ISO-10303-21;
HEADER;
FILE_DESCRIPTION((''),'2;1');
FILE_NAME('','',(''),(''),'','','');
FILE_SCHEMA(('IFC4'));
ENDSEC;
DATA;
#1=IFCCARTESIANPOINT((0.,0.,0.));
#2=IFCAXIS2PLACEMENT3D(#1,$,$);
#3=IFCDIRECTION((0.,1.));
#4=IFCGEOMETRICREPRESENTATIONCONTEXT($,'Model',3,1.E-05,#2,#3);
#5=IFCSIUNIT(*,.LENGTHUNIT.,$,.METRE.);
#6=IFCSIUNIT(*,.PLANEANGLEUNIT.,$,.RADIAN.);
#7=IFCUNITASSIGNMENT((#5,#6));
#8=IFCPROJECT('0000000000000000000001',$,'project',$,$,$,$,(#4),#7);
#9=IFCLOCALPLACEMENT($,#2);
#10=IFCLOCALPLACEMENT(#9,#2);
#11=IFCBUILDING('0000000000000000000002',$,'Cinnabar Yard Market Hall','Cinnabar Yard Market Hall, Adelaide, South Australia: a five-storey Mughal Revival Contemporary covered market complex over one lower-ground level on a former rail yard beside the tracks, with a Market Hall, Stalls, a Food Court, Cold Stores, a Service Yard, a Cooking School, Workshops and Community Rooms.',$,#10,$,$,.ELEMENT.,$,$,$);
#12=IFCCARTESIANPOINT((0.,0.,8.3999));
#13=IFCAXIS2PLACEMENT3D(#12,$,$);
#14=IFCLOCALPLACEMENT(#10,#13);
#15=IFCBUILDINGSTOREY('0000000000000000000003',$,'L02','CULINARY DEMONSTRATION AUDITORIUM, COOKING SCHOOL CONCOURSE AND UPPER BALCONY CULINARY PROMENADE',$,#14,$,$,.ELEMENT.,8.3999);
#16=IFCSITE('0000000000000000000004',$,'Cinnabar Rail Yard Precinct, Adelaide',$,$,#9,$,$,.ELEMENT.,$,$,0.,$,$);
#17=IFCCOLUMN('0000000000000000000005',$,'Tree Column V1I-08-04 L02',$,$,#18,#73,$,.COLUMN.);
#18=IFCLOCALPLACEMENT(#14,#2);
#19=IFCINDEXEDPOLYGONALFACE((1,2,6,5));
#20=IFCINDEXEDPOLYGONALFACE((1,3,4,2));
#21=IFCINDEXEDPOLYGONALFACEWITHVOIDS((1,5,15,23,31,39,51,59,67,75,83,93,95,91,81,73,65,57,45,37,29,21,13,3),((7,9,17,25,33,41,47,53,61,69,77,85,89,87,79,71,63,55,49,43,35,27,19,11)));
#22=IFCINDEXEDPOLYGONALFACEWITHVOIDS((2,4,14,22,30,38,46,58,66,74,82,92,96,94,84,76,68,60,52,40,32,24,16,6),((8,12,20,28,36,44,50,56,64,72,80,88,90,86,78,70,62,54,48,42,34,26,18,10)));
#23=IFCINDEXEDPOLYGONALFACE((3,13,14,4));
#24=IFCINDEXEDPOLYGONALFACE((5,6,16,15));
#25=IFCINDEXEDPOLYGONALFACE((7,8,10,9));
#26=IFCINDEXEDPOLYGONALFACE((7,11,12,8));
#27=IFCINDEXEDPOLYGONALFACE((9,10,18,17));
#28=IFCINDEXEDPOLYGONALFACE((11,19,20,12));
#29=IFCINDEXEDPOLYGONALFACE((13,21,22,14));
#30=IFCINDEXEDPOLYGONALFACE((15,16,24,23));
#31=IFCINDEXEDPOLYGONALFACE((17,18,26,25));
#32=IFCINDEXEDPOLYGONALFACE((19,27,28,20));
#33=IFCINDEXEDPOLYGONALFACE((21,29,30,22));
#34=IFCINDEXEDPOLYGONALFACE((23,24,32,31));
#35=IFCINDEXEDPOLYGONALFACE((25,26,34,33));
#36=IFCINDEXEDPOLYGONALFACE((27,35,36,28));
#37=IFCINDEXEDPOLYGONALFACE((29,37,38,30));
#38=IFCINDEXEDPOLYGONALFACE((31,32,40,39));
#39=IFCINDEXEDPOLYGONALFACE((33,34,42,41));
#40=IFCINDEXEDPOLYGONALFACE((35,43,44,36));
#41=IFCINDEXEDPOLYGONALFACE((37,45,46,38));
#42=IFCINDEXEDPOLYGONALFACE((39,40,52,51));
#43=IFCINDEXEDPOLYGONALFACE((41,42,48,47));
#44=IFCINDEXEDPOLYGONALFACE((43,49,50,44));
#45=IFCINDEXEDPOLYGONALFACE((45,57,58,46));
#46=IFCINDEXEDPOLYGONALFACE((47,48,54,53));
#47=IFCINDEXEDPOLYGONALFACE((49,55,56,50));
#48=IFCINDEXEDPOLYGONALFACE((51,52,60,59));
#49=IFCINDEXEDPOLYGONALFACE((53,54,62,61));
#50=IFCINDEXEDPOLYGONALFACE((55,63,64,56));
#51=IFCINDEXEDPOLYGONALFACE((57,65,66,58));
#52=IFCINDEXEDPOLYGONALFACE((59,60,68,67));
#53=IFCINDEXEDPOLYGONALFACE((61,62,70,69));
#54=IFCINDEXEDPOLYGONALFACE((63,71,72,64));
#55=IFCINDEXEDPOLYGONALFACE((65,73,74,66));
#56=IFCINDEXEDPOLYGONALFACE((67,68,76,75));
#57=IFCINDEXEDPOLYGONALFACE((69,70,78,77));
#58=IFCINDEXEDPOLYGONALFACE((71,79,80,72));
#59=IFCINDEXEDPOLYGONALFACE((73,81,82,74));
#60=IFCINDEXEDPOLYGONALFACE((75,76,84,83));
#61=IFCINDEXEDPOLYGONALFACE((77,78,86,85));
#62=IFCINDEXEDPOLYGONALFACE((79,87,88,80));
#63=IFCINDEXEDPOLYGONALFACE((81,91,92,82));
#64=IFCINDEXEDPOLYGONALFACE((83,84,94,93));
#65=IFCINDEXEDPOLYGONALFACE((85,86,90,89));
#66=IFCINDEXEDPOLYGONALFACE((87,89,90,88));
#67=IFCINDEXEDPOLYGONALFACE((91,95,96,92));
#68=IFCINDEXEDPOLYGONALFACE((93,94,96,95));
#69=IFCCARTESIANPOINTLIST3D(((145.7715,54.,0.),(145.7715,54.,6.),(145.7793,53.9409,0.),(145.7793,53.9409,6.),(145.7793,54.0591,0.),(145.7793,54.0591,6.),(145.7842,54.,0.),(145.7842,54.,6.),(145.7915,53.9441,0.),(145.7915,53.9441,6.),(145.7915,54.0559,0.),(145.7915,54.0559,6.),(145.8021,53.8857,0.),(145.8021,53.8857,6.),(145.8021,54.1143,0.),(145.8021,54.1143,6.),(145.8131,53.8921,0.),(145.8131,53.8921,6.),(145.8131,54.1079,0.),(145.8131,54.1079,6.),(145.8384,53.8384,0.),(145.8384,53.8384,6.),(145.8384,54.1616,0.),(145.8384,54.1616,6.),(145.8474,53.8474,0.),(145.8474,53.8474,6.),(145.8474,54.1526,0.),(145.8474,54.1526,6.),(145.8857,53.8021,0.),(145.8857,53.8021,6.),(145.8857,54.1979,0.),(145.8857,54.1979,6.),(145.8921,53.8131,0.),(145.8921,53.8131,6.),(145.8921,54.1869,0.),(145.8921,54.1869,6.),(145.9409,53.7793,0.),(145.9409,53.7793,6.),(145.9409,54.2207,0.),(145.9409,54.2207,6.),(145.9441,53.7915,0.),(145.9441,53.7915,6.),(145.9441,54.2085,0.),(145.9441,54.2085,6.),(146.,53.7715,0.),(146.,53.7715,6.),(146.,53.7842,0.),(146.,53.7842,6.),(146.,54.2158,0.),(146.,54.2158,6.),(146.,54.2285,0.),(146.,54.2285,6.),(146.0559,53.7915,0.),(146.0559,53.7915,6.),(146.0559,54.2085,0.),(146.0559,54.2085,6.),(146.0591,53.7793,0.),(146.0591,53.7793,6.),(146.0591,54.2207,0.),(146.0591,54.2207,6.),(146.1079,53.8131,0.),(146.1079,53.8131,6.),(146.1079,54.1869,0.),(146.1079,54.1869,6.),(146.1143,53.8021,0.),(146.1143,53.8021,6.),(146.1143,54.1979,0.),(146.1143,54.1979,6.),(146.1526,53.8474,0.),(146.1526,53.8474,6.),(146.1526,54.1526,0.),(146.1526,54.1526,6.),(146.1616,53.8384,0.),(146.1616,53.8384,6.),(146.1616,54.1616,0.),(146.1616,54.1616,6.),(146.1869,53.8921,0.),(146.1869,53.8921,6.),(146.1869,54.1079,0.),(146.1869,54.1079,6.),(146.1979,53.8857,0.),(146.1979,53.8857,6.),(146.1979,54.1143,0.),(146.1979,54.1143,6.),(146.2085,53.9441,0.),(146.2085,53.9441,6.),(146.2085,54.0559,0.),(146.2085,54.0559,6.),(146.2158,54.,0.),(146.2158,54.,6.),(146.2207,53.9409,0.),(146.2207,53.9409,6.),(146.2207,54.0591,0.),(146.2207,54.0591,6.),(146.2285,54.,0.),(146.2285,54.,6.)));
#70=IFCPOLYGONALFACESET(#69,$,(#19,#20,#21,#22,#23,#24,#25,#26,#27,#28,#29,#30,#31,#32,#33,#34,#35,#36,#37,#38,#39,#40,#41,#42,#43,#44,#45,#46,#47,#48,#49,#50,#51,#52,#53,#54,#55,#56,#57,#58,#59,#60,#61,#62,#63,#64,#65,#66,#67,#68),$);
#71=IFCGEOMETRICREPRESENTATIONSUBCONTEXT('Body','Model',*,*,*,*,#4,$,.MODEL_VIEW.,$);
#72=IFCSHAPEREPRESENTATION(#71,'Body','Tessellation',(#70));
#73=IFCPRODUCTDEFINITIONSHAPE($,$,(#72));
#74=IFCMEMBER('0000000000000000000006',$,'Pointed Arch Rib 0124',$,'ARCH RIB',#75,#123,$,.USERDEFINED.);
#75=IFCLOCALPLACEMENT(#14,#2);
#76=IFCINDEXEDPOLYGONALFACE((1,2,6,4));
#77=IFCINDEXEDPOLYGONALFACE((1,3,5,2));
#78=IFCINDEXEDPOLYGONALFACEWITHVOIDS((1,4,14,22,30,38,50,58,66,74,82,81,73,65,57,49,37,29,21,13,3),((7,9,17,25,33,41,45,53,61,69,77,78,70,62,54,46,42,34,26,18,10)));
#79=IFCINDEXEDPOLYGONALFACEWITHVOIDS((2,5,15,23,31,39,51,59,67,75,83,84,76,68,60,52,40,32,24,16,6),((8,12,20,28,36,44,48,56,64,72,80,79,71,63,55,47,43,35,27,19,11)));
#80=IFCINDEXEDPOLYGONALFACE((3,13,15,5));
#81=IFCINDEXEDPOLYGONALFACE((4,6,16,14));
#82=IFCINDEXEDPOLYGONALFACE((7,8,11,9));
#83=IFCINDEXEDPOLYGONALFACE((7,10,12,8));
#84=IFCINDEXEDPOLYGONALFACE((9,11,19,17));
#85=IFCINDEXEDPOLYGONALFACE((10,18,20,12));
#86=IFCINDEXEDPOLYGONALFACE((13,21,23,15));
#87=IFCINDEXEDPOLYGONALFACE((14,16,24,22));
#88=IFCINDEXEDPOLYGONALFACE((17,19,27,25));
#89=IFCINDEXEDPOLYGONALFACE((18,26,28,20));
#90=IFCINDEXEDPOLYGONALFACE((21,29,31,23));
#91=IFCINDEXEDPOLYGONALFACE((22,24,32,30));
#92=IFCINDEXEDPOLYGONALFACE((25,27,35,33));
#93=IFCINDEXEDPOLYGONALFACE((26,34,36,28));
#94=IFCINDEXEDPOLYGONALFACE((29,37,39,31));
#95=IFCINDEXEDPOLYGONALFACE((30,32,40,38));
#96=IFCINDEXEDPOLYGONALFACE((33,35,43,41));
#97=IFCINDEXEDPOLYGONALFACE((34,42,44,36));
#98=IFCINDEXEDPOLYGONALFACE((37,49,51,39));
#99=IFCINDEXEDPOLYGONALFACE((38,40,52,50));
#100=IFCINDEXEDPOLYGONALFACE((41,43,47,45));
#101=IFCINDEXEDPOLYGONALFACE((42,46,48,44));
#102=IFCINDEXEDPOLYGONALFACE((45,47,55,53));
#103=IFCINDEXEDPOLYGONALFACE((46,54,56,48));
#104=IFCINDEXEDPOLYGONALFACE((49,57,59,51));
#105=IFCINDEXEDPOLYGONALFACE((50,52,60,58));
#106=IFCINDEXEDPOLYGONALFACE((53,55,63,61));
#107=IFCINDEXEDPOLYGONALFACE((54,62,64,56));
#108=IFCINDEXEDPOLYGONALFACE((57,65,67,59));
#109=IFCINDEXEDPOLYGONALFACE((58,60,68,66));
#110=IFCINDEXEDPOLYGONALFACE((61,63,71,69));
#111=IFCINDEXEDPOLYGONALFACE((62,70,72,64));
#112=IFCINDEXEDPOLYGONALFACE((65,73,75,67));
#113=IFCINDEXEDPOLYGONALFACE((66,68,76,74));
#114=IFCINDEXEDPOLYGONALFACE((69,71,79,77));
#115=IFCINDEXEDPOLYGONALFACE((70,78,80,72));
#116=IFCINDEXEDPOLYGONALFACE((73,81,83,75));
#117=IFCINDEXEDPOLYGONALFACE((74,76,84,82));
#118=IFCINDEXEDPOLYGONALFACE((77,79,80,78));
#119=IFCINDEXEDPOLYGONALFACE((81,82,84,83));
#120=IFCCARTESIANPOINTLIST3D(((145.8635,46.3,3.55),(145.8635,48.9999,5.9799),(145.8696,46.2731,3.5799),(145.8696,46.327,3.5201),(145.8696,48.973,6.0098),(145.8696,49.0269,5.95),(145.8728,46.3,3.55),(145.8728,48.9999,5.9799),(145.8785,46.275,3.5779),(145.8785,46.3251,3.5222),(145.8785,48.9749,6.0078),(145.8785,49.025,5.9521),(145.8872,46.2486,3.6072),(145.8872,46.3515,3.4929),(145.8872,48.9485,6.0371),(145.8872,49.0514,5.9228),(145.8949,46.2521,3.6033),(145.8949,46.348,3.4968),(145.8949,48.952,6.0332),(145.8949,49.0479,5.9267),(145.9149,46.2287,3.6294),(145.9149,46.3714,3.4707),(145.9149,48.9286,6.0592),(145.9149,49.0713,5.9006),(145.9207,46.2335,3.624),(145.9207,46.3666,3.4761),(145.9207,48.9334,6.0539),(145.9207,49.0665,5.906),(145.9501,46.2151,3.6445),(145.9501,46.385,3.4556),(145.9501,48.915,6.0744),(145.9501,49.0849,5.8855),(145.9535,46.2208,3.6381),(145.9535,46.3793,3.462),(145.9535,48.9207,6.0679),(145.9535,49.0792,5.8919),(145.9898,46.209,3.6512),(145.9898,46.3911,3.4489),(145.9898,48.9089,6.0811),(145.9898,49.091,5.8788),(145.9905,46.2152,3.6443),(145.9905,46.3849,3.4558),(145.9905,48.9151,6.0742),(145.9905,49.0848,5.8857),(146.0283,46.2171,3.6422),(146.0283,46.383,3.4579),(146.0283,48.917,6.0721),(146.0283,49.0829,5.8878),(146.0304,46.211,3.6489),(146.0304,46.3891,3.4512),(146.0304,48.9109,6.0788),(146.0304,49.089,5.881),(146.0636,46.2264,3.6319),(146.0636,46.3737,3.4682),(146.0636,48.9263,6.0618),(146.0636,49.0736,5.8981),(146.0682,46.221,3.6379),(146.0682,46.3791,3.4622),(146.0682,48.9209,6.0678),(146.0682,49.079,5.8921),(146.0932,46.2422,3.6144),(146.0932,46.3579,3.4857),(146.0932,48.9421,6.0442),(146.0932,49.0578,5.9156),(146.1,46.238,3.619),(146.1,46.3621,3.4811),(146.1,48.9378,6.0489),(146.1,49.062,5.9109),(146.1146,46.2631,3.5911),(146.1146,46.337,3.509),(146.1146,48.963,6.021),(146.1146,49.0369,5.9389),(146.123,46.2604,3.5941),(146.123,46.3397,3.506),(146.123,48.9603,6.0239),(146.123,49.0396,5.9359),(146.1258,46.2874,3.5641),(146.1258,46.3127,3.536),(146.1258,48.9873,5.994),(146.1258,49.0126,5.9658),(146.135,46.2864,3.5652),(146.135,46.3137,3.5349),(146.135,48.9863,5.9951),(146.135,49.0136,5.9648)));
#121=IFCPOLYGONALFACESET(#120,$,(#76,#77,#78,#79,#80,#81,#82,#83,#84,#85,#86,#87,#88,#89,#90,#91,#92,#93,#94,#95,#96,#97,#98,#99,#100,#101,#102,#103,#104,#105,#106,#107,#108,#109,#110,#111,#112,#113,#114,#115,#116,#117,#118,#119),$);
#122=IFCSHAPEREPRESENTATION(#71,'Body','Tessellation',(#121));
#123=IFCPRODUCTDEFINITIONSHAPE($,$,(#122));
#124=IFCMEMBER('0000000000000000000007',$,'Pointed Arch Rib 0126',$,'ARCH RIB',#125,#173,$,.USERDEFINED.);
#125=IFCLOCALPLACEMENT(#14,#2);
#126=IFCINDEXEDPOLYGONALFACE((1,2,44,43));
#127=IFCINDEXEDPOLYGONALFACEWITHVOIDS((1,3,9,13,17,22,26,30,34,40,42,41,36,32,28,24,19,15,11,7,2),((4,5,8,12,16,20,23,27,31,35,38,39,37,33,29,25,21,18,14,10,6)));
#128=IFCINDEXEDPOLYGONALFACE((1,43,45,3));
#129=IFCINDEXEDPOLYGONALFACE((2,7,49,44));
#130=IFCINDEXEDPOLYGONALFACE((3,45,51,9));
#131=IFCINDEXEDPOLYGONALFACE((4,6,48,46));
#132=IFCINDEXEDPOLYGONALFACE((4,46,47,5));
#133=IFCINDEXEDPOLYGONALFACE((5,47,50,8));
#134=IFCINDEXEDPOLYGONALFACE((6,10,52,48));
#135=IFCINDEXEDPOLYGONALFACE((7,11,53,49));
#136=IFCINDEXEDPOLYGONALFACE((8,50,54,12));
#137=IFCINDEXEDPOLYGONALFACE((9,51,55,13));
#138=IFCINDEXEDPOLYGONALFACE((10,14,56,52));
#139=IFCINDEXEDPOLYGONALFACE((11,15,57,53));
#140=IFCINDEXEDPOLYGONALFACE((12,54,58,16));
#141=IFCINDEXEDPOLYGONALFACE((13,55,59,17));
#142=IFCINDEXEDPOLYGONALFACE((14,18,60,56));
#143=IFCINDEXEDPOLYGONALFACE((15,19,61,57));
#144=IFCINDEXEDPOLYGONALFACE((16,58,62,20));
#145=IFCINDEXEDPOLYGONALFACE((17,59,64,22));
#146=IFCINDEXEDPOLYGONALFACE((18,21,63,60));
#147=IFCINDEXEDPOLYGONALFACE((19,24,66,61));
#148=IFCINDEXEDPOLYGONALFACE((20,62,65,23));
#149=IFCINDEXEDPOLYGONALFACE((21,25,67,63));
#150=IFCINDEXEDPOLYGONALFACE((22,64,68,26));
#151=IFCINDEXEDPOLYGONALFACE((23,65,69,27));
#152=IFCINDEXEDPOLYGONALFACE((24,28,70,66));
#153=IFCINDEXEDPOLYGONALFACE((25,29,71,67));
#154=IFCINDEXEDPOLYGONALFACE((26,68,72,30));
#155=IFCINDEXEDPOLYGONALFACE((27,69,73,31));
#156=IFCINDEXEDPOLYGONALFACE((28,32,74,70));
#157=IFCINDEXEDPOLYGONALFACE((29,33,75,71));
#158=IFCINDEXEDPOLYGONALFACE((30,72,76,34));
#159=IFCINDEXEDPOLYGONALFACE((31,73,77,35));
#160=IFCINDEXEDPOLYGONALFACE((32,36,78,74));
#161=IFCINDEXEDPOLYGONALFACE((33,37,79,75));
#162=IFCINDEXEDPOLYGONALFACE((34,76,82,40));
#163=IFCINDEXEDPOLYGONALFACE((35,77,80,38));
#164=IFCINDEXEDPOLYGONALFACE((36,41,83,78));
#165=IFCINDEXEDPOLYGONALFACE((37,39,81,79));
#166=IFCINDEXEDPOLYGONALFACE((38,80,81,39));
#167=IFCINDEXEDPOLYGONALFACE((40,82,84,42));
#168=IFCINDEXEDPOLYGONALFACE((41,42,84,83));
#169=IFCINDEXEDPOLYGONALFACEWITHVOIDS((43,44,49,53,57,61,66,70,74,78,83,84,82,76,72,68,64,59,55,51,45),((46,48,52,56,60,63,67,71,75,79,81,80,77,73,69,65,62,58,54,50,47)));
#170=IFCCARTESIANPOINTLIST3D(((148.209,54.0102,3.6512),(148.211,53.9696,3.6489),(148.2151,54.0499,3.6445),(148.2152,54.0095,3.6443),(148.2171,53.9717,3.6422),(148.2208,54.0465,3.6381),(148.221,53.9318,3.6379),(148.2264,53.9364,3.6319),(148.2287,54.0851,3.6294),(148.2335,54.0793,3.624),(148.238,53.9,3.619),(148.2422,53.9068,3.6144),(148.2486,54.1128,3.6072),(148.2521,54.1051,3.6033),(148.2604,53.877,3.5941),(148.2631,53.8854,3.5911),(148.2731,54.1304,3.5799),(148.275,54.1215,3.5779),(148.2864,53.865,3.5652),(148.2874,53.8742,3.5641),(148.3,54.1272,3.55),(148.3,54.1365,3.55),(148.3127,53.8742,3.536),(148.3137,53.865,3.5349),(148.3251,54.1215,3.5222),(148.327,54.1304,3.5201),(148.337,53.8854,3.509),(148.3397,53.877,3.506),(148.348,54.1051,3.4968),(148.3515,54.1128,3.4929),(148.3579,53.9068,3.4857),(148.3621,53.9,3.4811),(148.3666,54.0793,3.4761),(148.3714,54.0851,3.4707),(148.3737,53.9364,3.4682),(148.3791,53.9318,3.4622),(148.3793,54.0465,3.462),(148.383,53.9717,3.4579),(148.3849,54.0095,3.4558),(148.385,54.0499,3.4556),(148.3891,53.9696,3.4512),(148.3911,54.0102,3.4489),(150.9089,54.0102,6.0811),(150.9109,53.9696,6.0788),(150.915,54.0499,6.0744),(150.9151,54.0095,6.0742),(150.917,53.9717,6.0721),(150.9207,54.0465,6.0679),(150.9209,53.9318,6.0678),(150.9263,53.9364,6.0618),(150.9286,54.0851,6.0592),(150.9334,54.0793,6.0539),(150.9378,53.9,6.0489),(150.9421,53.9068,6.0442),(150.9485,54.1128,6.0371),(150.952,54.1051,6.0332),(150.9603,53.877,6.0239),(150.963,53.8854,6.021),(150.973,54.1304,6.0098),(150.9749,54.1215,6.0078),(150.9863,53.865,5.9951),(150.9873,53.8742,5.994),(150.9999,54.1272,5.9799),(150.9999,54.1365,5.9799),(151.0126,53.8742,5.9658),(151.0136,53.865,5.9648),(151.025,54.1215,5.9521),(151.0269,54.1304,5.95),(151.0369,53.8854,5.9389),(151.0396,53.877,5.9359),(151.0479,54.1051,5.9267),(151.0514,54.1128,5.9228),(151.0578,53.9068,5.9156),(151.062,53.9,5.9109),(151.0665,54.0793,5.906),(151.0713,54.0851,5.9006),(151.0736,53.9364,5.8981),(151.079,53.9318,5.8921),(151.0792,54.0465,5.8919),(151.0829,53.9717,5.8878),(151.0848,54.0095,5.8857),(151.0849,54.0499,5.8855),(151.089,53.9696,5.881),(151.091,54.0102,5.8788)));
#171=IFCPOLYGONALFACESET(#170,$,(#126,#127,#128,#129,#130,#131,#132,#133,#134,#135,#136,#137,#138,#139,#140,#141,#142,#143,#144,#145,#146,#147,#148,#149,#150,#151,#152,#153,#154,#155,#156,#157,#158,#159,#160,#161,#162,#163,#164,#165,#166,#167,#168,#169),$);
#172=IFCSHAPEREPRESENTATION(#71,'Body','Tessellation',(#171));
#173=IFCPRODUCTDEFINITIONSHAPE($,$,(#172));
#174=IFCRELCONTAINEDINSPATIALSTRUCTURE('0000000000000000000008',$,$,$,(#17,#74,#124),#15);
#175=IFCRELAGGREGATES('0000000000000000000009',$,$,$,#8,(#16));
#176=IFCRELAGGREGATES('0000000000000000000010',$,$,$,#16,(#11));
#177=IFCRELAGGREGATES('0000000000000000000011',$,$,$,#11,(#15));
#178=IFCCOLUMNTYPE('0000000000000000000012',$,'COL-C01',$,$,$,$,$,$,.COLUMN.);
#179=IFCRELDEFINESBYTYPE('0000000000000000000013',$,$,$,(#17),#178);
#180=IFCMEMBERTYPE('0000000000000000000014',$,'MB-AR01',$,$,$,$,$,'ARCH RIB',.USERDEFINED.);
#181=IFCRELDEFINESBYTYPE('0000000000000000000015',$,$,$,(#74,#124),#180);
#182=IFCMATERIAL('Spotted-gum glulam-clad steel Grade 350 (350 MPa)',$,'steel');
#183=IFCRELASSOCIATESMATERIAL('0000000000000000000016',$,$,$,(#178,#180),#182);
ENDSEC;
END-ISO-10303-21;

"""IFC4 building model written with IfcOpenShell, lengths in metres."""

from ifc_helpers import new_model, si_unit, direction, frame, origin, origin_2d_with_axis, place, context, subcontext, project, spatial, hollow_circle, extrude, material, material_profile, profile_set, type_object, element, save


model = new_model("IFC4")

# Units and contexts
model_context = context("Model", 3, precision=1e-05, world=origin(), true_north=direction((0.0, 1.0)))
body_context = subcontext(model_context, "Body", "Model", "MODEL_VIEW")
ifc_project = project(units=[si_unit("LENGTHUNIT", "METRE"), si_unit("PLANEANGLEUNIT", "RADIAN")], contexts=[model_context])

# Site, building, storey
site_placement = place(None, origin())
site = spatial("IfcSite", under=ifc_project, at=site_placement, Name="Cinnabar Rail Yard Precinct, Adelaide", CompositionType="ELEMENT", RefElevation=0.0)
building_placement = place(site_placement, origin())
building = spatial("IfcBuilding", under=site, at=building_placement, Name="Cinnabar Yard Market Hall", Description="Cinnabar Yard Market Hall, Adelaide, South Australia: a five-storey Mughal Revival Contemporary covered market complex over one lower-ground level on a former rail yard beside the tracks, with a Market Hall, Stalls, a Food Court, Cold Stores, a Service Yard, a Cooking School, Workshops and Community Rooms.", CompositionType="ELEMENT")
storey_placement = place(building_placement, frame((0.0, 0.0, 8.3999)))
storey = spatial("IfcBuildingStorey", under=building, at=storey_placement, Name="L02", Description="CULINARY DEMONSTRATION AUDITORIUM, COOKING SCHOOL CONCOURSE AND UPPER BALCONY CULINARY PROMENADE", CompositionType="ELEMENT", Elevation=8.3999)

# Column
ifc_material_1 = material(Name="Spotted-gum glulam-clad steel Grade 350 (350 MPa)", Category="steel")
ifc_material_profile_1 = material_profile(ifc_material_1, hollow_circle(Radius=0.2285, WallThickness=0.0127, at=origin_2d_with_axis()), Name="457.0x12.7CHS")
ifc_profile_set_1 = profile_set([ifc_material_profile_1], Name="Spotted-gum glulam-clad steel Grade 350 (350 MPa)")
column_type = type_object("IfcColumnType", Name="COL-C01", PredefinedType="COLUMN", material=ifc_profile_set_1)
column_placement = place(storey_placement, frame((146.0, 54.0, 0.0), z_axis=(0.0, 0.0, 1.0), x_axis=(1.0, 0.0, 0.0)))
element("IfcColumn", 1, at=column_placement, inside=storey, type_object=column_type, Name="Tree Column V1I-08-04 L02", PredefinedType="COLUMN", context=body_context, shape_type="SweptSolid", body=[
    extrude(hollow_circle(Radius=0.2285, WallThickness=0.0127, at=origin_2d_with_axis()), origin(), (0.0, 0.0, 1.0), 6.0),
])

# Members
ifc_material_profile_2 = material_profile(ifc_material_1, hollow_circle(Radius=0.1365, WallThickness=0.0093, at=origin_2d_with_axis()), Name="273.1x9.3CHS")
ifc_profile_set_2 = profile_set([ifc_material_profile_2], Name="Spotted-gum glulam-clad steel Grade 350 (350 MPa)")
member_type_1 = type_object("IfcMemberType", Name="MB-AR01", ElementType="ARCH RIB", PredefinedType="USERDEFINED", material=ifc_profile_set_2)
for number, where, z_axis, x_axis, name in (
    (2, (146.0, 46.3, 3.55), (0.0, 0.743297, 0.668961), (-1.0, 0.0, 0.0), "Pointed Arch Rib 0124"),
    (3, (148.3, 54.0, 3.55), (0.743297, 0.0, 0.668961), (0.0, 1.0, 0.0), "Pointed Arch Rib 0126"),
):
    element("IfcMember", number, at=place(storey_placement, frame(where, z_axis=z_axis, x_axis=x_axis)), inside=storey, type_object=member_type_1, Name=name, ObjectType="ARCH RIB", PredefinedType="USERDEFINED", context=body_context, shape_type="SweptSolid", body=[
        extrude(hollow_circle(Radius=0.1365, WallThickness=0.0093, at=origin_2d_with_axis()), origin(), (0.0, 0.0, 1.0), 3.6323),
    ])

save(model, "model.ifc")
